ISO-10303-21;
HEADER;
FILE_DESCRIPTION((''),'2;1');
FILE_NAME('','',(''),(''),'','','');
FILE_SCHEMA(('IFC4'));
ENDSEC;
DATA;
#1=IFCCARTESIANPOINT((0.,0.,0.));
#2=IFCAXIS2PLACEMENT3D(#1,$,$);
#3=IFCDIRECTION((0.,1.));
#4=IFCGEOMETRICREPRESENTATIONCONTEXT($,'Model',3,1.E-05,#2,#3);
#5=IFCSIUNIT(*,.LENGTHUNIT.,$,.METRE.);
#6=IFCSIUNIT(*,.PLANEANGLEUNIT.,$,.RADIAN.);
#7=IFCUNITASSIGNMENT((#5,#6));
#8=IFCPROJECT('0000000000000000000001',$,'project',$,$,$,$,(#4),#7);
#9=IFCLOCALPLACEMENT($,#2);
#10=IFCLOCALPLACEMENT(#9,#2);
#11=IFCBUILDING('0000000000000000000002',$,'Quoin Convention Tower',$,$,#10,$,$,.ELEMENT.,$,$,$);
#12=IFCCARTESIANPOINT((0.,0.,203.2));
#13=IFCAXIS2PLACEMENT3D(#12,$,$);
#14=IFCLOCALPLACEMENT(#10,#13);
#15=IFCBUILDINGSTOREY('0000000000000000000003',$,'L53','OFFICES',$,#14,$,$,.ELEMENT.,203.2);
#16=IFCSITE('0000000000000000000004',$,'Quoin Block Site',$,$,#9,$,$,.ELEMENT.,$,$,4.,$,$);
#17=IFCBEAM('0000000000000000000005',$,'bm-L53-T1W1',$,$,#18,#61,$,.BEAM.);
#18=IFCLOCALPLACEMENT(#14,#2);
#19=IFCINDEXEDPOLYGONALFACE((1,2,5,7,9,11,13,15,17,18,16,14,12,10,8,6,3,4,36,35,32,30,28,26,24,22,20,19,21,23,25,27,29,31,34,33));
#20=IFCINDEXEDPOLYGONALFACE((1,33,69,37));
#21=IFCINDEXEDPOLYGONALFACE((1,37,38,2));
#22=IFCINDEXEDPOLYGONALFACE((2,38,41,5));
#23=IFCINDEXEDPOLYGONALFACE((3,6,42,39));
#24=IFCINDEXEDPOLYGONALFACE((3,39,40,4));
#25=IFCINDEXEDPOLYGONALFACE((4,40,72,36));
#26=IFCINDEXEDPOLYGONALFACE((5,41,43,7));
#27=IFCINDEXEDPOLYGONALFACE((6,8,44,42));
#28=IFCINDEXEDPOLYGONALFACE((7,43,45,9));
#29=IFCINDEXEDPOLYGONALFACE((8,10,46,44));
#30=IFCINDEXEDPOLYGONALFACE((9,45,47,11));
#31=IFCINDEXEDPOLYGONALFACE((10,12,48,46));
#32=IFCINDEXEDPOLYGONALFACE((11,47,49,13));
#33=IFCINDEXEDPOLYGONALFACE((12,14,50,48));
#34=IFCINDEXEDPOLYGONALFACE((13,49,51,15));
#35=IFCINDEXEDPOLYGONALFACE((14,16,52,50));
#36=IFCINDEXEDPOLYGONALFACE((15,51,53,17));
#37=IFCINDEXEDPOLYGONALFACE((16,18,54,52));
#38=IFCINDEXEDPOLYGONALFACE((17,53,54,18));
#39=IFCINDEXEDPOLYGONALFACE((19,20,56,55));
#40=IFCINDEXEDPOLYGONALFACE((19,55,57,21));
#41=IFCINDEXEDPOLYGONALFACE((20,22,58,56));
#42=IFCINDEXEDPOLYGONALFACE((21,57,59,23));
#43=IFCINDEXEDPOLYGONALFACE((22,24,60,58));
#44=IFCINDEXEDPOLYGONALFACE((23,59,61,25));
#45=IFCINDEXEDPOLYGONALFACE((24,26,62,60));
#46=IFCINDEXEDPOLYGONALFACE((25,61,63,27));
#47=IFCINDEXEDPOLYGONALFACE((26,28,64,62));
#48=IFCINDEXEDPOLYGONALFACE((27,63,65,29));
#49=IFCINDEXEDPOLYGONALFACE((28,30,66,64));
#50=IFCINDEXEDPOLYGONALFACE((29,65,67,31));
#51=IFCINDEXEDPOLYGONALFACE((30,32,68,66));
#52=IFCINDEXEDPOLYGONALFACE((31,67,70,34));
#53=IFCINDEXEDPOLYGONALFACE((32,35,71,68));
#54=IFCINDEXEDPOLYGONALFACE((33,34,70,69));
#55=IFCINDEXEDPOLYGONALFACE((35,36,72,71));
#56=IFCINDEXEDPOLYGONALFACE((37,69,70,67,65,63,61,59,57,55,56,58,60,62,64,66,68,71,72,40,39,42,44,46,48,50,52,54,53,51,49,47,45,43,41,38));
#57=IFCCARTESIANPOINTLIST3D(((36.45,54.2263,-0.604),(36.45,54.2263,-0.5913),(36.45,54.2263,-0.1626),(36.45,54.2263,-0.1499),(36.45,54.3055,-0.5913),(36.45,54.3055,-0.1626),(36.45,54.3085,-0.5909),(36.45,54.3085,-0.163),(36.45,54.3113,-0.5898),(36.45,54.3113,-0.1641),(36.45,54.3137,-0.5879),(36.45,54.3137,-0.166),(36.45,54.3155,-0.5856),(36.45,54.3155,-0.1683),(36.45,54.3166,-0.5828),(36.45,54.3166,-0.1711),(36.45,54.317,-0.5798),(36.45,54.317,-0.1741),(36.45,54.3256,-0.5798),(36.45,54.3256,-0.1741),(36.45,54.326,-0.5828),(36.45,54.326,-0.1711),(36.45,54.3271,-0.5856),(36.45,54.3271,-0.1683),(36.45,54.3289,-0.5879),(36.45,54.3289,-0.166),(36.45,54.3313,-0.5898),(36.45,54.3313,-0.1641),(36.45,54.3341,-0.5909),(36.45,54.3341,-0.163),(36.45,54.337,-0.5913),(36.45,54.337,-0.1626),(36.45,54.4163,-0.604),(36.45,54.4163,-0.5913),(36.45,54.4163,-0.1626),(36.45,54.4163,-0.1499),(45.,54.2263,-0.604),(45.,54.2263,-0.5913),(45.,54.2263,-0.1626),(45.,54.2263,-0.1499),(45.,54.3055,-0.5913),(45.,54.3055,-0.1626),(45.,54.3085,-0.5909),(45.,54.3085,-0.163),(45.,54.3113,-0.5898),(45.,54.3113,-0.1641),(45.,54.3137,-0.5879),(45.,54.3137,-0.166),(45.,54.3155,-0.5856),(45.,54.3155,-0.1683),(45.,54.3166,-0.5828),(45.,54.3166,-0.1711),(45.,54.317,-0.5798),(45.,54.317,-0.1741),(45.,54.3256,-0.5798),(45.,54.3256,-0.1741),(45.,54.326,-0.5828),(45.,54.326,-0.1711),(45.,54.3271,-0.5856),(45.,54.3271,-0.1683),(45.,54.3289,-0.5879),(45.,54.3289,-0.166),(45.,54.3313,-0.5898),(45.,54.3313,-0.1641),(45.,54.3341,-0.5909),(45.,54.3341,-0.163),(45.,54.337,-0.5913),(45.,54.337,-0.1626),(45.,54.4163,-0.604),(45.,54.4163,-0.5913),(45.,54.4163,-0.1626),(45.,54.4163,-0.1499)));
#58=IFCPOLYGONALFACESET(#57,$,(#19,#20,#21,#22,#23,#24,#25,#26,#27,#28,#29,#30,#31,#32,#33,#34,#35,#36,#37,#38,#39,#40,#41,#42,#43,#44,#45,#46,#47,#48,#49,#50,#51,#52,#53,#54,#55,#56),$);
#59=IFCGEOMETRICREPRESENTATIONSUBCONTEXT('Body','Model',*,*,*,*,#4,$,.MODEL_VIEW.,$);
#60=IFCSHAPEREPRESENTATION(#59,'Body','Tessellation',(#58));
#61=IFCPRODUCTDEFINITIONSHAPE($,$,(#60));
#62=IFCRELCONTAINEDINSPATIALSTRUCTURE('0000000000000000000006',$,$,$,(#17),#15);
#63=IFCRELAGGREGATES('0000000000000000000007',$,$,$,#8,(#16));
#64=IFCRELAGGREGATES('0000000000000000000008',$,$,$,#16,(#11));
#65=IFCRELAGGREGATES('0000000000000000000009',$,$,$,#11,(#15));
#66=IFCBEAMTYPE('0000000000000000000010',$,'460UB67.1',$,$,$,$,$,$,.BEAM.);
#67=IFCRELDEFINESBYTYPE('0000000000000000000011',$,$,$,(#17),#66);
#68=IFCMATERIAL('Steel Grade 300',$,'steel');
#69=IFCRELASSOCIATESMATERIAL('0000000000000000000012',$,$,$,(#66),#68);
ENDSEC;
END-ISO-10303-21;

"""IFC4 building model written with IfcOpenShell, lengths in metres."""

from ifc_helpers import new_model, si_unit, direction, frame, origin, origin_2d, place, context, subcontext, project, spatial, i_section, extrude, material, material_profile, profile_set, type_object, element, save


model = new_model("IFC4")

# Units and contexts
model_context = context("Model", 3, precision=1e-05, world=origin(), true_north=direction((0.0, 1.0)))
body_context = subcontext(model_context, "Body", "Model", "MODEL_VIEW")
ifc_project = project(units=[si_unit("LENGTHUNIT", "METRE"), si_unit("PLANEANGLEUNIT", "RADIAN")], contexts=[model_context])

# Site, building, storey
site_placement = place(None, origin())
site = spatial("IfcSite", under=ifc_project, at=site_placement, Name="Quoin Block Site", CompositionType="ELEMENT", RefElevation=4.0)
building_placement = place(site_placement, origin())
building = spatial("IfcBuilding", under=site, at=building_placement, Name="Quoin Convention Tower", CompositionType="ELEMENT")
storey_placement = place(building_placement, frame((0.0, 0.0, 203.2)))
storey = spatial("IfcBuildingStorey", under=building, at=storey_placement, Name="L53", Description="OFFICES", CompositionType="ELEMENT", Elevation=203.2)

# Beam
ifc_material_1 = material(Name="Steel Grade 300", Category="steel")
ifc_material_profile = material_profile(ifc_material_1, i_section(OverallWidth=0.1899, OverallDepth=0.4541, WebThickness=0.0085, FlangeThickness=0.0127, FilletRadius=0.0115, at=origin_2d()), Name="460UB67.1")
ifc_profile_set = profile_set([ifc_material_profile], Name="Steel Grade 300")
beam_type = type_object("IfcBeamType", Name="460UB67.1", PredefinedType="BEAM", material=ifc_profile_set)
beam_placement = place(storey_placement, frame((36.45, 54.3213, -0.377), z_axis=(1.0, 0.0, 0.0), x_axis=(0.0, 1.0, 0.0)))
element("IfcBeam", 1, at=beam_placement, inside=storey, type_object=beam_type, Name="bm-L53-T1W1", PredefinedType="BEAM", context=body_context, shape_type="SweptSolid", body=[
    extrude(i_section(OverallWidth=0.1899, OverallDepth=0.4541, WebThickness=0.0085, FlangeThickness=0.0127, FilletRadius=0.0115, at=origin_2d()), origin(), (0.0, 0.0, 1.0), 8.55),
])

save(model, "model.ifc")
